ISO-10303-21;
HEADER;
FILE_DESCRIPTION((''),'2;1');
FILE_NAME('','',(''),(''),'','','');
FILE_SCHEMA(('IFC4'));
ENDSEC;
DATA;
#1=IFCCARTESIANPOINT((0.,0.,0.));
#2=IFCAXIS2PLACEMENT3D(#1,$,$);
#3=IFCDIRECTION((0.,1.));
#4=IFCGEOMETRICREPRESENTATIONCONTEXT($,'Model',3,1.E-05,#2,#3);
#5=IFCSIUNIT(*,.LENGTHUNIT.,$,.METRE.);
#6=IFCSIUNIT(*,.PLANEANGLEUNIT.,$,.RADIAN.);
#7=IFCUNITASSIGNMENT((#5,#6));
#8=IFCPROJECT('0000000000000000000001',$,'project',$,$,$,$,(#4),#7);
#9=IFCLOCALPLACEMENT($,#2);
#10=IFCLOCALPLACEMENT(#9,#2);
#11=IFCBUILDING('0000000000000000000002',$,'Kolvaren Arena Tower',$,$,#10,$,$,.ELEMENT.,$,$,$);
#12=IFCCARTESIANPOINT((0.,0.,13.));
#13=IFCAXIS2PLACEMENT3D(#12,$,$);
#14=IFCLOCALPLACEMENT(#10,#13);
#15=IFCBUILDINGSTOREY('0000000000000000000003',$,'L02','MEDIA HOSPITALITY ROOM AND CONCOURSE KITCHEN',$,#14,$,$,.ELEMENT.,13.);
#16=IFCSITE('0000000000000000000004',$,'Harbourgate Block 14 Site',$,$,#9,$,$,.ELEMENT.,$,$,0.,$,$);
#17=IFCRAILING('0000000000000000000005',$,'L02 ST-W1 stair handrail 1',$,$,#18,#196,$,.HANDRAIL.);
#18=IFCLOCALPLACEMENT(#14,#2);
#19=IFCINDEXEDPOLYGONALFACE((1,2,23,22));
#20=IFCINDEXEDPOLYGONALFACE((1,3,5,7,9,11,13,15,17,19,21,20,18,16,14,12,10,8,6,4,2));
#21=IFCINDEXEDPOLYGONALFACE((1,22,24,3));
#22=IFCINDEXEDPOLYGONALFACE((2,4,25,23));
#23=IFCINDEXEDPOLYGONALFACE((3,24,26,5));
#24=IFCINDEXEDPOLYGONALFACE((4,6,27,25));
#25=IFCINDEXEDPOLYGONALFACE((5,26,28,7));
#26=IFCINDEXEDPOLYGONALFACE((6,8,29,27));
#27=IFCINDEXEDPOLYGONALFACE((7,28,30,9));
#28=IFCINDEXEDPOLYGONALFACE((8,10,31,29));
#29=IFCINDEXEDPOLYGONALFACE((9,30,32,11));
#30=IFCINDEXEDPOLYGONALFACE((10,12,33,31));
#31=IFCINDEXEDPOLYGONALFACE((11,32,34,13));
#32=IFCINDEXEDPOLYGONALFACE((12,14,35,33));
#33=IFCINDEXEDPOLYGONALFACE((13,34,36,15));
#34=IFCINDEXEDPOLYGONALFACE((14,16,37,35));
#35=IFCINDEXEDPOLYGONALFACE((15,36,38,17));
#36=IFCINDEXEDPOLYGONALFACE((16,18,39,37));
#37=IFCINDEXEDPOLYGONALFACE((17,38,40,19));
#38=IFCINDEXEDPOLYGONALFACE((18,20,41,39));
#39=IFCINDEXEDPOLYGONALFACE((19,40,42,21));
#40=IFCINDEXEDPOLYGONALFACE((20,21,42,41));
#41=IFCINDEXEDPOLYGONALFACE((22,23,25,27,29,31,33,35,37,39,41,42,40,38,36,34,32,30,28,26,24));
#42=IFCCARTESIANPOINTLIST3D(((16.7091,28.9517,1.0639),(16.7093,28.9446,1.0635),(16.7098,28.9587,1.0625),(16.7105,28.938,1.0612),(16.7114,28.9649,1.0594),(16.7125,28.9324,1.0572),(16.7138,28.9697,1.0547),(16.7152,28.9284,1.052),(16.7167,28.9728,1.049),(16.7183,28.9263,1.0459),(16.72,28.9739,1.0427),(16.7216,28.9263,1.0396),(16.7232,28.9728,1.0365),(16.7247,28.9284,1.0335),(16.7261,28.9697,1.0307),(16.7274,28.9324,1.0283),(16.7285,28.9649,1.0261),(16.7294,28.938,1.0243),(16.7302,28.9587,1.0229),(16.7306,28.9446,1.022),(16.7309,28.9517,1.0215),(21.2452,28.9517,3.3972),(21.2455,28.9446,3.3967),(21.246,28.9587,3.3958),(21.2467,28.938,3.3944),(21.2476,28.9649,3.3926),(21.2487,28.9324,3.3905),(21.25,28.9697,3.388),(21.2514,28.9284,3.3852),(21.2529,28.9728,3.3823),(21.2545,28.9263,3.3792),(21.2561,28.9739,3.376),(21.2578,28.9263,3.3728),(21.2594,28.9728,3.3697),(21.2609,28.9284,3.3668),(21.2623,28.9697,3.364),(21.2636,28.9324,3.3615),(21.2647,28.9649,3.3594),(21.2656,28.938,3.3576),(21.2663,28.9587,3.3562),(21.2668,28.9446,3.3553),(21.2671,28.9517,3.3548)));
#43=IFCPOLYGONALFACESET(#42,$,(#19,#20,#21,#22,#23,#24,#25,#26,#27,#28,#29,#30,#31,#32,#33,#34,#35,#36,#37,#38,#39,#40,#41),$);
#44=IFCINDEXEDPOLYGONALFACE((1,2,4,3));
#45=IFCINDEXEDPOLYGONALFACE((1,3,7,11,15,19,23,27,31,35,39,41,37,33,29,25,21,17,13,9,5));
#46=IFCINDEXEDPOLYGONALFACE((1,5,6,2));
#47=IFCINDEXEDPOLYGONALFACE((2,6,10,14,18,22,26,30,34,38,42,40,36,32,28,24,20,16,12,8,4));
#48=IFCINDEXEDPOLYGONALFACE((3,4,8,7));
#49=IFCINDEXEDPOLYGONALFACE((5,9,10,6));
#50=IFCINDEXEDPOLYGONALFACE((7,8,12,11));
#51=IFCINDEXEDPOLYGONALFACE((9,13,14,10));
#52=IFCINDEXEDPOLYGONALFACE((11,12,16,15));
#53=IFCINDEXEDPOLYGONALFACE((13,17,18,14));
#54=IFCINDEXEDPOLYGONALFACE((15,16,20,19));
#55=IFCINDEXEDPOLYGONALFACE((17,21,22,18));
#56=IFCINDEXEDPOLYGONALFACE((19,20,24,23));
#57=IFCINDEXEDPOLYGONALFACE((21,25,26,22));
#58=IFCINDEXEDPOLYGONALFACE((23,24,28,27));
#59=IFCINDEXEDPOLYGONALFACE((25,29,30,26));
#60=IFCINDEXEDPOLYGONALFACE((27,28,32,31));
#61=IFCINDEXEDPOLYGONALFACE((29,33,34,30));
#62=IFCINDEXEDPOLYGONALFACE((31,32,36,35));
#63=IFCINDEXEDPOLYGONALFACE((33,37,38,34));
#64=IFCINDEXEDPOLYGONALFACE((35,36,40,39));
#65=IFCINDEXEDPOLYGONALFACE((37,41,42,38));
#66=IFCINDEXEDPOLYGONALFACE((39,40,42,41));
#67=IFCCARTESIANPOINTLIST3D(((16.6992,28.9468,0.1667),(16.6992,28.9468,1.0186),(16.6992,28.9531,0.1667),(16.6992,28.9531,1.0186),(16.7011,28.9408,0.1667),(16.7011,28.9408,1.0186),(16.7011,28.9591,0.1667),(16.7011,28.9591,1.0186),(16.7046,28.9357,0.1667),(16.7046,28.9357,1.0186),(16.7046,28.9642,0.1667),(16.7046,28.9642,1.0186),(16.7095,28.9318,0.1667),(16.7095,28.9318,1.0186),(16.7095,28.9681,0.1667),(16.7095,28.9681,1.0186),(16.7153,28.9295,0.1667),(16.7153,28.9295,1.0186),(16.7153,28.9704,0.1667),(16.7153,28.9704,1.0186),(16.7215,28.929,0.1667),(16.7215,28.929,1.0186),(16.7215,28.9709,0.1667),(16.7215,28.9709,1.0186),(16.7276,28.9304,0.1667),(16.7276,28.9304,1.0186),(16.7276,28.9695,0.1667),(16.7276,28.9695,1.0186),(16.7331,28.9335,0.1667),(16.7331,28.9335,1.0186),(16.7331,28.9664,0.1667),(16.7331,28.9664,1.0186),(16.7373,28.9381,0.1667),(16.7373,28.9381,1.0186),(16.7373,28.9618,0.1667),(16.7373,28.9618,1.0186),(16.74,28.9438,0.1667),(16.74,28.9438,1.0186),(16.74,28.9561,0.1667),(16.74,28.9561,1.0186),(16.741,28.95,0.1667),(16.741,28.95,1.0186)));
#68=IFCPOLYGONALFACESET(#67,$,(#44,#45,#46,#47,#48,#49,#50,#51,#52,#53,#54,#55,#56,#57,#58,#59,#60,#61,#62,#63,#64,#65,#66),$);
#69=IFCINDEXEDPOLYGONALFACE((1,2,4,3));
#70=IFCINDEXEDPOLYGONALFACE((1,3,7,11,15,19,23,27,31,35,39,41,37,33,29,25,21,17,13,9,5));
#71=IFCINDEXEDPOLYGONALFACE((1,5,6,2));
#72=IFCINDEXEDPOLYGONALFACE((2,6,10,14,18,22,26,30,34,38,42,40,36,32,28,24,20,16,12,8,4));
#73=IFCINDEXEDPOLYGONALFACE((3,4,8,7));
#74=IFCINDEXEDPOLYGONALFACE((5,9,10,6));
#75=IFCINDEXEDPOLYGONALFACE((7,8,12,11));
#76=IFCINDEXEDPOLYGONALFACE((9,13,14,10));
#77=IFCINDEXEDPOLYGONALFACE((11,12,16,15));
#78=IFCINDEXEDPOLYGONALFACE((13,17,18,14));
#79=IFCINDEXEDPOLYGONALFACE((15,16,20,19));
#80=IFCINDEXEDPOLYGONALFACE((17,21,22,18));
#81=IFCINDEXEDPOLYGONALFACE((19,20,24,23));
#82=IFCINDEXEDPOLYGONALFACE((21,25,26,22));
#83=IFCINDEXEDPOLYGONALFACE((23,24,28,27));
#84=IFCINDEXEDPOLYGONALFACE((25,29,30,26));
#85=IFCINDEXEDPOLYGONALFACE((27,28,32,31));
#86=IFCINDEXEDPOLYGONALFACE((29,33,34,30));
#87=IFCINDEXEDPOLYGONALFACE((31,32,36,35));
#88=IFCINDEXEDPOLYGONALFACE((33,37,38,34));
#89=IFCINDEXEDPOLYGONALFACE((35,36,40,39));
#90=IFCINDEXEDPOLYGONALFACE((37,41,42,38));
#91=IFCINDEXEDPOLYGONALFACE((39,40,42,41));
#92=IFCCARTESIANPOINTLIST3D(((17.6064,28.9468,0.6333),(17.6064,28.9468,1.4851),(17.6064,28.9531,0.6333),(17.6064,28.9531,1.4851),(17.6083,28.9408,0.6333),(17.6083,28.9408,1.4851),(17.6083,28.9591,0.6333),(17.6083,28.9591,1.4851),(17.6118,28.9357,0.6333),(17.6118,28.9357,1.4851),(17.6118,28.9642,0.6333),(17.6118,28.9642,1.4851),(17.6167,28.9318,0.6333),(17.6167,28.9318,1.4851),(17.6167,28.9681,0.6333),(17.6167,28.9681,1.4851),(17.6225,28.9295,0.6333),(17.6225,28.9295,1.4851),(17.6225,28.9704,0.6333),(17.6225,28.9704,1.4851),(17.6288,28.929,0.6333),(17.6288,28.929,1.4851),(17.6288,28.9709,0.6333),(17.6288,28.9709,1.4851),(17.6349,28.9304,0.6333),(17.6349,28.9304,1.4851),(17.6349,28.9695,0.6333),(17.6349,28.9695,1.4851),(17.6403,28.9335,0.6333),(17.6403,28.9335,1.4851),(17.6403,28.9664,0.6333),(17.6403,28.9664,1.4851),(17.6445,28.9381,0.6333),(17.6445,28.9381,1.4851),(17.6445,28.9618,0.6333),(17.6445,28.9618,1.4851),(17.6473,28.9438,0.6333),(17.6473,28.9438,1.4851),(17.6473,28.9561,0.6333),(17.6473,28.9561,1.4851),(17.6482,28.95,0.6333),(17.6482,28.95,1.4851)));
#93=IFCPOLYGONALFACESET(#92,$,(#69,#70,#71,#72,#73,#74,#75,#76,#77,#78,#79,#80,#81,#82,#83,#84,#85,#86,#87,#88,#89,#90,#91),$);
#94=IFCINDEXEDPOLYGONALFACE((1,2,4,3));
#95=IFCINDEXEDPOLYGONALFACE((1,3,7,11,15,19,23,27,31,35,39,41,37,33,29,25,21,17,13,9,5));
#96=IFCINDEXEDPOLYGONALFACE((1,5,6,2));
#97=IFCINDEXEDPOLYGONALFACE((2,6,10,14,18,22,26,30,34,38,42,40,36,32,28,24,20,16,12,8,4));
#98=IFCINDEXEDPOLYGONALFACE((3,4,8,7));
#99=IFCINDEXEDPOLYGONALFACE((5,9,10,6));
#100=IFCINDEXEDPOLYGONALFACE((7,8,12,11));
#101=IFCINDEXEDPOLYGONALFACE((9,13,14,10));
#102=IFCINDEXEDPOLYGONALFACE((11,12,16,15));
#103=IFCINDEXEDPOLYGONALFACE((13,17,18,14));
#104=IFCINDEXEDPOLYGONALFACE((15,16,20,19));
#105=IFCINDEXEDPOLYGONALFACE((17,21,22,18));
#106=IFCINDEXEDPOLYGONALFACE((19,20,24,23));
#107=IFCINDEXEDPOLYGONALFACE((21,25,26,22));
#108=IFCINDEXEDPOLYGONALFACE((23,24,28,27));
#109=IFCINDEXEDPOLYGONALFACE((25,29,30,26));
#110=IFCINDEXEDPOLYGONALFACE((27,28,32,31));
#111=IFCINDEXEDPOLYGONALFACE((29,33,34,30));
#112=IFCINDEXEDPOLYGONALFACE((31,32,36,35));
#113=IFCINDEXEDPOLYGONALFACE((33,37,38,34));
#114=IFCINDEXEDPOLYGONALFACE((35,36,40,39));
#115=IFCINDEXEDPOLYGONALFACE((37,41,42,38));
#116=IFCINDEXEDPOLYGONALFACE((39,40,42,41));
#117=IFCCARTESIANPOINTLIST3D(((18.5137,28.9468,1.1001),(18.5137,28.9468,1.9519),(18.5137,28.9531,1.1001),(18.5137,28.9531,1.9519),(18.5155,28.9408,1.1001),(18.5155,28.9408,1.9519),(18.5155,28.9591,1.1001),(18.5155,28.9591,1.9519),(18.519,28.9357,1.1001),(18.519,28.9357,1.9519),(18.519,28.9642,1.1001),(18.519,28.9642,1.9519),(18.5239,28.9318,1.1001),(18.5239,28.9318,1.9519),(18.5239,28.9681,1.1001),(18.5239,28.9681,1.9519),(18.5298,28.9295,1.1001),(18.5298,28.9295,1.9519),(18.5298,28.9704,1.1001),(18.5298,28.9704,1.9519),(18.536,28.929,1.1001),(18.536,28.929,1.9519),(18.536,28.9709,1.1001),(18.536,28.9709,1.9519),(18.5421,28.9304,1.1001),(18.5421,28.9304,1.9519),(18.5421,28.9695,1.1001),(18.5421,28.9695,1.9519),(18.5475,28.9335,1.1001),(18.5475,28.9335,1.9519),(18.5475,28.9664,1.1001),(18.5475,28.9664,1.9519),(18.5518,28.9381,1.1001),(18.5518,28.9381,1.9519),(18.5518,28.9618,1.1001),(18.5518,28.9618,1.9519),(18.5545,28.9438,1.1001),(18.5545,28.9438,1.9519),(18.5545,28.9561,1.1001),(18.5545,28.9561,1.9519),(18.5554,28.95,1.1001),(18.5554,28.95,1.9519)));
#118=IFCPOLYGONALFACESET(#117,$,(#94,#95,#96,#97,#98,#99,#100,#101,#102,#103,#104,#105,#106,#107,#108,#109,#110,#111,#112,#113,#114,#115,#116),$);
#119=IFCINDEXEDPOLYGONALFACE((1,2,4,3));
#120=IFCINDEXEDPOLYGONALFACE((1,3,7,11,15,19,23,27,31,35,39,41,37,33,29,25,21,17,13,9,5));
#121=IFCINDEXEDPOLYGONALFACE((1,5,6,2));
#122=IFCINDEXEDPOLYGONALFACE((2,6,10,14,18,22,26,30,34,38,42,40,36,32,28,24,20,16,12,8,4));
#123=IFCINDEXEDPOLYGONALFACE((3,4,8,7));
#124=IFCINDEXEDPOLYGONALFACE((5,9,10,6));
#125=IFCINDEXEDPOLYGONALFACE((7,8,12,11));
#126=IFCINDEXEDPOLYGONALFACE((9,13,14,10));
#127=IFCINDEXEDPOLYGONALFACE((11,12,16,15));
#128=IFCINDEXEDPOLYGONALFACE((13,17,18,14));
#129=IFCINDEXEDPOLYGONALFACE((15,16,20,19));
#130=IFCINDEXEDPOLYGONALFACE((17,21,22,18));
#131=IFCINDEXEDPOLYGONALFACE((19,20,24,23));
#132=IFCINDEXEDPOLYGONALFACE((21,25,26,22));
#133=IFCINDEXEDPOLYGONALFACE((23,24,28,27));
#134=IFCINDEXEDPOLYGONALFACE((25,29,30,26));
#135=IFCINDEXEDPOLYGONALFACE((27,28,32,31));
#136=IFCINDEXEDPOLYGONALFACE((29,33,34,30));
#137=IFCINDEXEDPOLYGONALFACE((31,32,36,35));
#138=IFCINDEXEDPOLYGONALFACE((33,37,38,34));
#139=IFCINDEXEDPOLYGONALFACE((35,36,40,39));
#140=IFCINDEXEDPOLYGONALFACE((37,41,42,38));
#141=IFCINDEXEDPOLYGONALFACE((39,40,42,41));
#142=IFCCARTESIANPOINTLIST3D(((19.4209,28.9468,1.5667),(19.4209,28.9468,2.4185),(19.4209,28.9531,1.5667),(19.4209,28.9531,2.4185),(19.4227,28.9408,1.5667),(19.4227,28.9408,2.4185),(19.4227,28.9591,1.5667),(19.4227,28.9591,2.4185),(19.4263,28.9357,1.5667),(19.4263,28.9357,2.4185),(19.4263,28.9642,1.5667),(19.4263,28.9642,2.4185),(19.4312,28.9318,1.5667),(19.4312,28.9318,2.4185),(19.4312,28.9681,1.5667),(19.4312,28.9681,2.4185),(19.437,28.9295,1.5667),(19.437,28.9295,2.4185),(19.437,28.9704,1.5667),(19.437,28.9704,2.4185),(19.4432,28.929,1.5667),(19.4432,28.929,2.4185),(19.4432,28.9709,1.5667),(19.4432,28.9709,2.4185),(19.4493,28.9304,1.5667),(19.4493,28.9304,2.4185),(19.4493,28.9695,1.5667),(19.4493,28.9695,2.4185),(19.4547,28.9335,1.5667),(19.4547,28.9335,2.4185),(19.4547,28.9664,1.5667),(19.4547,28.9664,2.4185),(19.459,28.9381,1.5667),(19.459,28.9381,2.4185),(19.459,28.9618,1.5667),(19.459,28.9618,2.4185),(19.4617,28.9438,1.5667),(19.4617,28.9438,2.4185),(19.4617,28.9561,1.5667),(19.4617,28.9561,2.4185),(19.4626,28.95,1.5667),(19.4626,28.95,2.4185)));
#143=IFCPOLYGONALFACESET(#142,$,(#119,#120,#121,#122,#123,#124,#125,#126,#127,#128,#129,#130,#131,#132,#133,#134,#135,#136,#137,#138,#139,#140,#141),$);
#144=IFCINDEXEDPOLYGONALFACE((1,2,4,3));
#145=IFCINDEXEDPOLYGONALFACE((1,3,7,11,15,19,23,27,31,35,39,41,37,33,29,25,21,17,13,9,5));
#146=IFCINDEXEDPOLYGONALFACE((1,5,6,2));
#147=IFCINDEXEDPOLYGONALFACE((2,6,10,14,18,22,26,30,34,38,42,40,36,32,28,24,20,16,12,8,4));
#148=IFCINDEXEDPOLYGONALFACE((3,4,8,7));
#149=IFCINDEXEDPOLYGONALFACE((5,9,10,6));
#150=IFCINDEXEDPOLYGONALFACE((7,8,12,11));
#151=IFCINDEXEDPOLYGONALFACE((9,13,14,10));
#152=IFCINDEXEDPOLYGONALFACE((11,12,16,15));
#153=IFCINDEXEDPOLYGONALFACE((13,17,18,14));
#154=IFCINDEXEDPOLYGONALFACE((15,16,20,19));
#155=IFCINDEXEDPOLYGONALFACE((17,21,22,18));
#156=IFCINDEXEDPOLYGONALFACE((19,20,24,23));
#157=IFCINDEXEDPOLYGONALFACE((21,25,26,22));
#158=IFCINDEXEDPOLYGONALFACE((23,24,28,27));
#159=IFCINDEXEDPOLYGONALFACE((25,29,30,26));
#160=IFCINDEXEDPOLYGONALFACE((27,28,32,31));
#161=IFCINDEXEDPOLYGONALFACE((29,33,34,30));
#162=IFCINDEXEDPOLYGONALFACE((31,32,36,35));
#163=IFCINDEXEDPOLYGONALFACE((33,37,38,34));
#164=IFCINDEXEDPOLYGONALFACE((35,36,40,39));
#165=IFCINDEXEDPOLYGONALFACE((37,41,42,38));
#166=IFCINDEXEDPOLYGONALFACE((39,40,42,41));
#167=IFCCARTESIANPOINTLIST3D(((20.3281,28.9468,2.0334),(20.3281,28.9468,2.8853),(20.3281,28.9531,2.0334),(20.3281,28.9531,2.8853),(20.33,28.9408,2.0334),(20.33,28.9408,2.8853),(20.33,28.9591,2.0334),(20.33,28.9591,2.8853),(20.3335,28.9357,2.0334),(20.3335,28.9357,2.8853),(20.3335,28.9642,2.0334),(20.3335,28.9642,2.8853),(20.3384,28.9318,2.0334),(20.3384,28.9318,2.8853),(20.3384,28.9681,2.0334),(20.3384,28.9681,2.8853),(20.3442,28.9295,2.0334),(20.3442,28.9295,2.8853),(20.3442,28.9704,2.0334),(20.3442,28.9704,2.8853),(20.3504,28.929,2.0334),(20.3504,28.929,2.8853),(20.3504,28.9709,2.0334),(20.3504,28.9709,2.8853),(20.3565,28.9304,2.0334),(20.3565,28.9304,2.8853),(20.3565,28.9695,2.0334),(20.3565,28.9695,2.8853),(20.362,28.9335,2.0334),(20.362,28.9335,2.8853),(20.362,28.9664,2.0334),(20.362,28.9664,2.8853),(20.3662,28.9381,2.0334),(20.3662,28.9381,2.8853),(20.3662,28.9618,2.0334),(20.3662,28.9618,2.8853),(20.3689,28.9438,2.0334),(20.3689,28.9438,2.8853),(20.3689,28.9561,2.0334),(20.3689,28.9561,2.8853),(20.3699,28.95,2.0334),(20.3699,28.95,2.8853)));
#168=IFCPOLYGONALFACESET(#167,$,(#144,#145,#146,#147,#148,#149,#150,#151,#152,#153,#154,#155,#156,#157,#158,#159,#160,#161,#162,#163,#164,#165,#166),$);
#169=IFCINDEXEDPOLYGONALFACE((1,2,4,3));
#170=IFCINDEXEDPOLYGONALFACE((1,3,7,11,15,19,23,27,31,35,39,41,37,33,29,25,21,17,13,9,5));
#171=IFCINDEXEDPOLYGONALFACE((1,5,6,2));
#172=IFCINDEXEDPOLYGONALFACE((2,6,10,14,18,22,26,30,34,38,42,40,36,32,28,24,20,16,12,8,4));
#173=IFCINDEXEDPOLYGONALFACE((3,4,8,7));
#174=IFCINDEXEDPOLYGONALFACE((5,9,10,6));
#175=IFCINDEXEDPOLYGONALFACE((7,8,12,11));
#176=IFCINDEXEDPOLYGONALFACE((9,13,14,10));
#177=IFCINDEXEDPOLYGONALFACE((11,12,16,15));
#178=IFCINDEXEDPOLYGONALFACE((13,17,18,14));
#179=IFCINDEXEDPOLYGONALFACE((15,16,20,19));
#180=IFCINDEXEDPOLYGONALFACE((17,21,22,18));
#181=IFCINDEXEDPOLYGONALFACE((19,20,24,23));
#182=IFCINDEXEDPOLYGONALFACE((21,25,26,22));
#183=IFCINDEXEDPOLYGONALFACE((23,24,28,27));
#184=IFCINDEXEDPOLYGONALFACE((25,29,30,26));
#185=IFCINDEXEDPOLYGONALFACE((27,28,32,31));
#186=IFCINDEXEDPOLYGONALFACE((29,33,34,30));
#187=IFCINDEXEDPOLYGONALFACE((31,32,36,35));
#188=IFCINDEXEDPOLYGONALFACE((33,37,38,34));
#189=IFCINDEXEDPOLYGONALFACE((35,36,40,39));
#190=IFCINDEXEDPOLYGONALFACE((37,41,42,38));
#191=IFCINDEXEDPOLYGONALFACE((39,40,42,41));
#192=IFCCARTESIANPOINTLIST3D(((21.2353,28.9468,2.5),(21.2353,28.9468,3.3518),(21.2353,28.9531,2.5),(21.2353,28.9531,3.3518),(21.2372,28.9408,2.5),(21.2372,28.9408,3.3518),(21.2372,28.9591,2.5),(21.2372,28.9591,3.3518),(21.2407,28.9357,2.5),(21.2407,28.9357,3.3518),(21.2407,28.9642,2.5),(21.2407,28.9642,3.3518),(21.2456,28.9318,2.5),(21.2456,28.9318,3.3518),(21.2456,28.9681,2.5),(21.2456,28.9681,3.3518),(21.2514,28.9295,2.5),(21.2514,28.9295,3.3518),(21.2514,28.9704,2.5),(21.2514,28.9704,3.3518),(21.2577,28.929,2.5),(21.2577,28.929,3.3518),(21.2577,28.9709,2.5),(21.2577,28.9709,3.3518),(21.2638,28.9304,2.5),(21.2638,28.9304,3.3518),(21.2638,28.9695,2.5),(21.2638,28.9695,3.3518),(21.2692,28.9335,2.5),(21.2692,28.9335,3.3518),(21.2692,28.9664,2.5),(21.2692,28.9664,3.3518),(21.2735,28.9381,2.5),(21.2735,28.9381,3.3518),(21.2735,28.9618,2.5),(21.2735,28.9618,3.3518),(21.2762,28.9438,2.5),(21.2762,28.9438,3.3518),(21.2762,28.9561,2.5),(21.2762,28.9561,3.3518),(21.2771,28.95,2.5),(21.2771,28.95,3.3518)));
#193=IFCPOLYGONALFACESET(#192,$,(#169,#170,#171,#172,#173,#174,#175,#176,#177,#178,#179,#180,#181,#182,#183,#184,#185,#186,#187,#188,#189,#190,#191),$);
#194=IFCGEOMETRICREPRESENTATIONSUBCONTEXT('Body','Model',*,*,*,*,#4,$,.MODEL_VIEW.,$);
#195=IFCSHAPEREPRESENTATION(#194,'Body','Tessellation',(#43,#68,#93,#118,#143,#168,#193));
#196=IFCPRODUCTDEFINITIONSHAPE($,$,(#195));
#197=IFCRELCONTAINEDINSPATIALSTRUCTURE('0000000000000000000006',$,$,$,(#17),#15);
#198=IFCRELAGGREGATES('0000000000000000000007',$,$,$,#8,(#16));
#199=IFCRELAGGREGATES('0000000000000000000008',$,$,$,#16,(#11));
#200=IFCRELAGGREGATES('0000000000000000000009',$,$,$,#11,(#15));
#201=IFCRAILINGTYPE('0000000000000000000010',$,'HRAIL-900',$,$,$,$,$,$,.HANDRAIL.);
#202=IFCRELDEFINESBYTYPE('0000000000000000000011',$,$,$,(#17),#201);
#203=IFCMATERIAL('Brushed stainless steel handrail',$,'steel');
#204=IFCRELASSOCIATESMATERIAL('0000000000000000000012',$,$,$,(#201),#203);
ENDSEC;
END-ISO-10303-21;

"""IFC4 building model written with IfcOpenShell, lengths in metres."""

from ifc_helpers import new_model, si_unit, direction, frame, origin, origin_2d, place, context, subcontext, project, spatial, circle, extrude, material, type_object, element, save


model = new_model("IFC4")

# Units and contexts
model_context = context("Model", 3, precision=1e-05, world=origin(), true_north=direction((0.0, 1.0)))
body_context = subcontext(model_context, "Body", "Model", "MODEL_VIEW")
ifc_project = project(units=[si_unit("LENGTHUNIT", "METRE"), si_unit("PLANEANGLEUNIT", "RADIAN")], contexts=[model_context])

# Site, building, storey
site_placement = place(None, origin())
site = spatial("IfcSite", under=ifc_project, at=site_placement, Name="Harbourgate Block 14 Site", CompositionType="ELEMENT", RefElevation=0.0)
building_placement = place(site_placement, origin())
building = spatial("IfcBuilding", under=site, at=building_placement, Name="Kolvaren Arena Tower", CompositionType="ELEMENT")
storey_placement = place(building_placement, frame((0.0, 0.0, 13.0)))
storey = spatial("IfcBuildingStorey", under=building, at=storey_placement, Name="L02", Description="MEDIA HOSPITALITY ROOM AND CONCOURSE KITCHEN", CompositionType="ELEMENT", Elevation=13.0)

# Railing
ifc_material_1 = material(Name="Brushed stainless steel handrail", Category="steel")
railing_type_1 = type_object("IfcRailingType", Name="HRAIL-900", PredefinedType="HANDRAIL", material=ifc_material_1)
railing_1_placement = place(storey_placement, frame((16.72, 28.95, 0.1667)))
element("IfcRailing", 1, at=railing_1_placement, inside=storey, type_object=railing_type_1, Name="L02 ST-W1 stair handrail 1", PredefinedType="HANDRAIL", context=body_context, shape_type="SweptSolid", body=[
    extrude(circle(Radius=0.0239, at=origin_2d()), frame((0.0, 0.0, 0.876), z_axis=(0.889257, 0.0, 0.457407), x_axis=(0.0, 1.0, 0.0)), (0.0, 0.0, 1.0), 5.1011),
    extrude(circle(Radius=0.021, at=origin_2d()), origin(), (0.0, 0.0, 1.0), 0.8518),
    extrude(circle(Radius=0.021, at=origin_2d()), frame((0.9072, 0.0, 0.4666)), (0.0, 0.0, 1.0), 0.8518),
    extrude(circle(Radius=0.021, at=origin_2d()), frame((1.8145, 0.0, 0.9333)), (0.0, 0.0, 1.0), 0.8518),
    extrude(circle(Radius=0.021, at=origin_2d()), frame((2.7217, 0.0, 1.3999)), (0.0, 0.0, 1.0), 0.8518),
    extrude(circle(Radius=0.021, at=origin_2d()), frame((3.6289, 0.0, 1.8667)), (0.0, 0.0, 1.0), 0.8518),
    extrude(circle(Radius=0.021, at=origin_2d()), frame((4.5361, 0.0, 2.3333)), (0.0, 0.0, 1.0), 0.8518),
])

save(model, "model.ifc")
